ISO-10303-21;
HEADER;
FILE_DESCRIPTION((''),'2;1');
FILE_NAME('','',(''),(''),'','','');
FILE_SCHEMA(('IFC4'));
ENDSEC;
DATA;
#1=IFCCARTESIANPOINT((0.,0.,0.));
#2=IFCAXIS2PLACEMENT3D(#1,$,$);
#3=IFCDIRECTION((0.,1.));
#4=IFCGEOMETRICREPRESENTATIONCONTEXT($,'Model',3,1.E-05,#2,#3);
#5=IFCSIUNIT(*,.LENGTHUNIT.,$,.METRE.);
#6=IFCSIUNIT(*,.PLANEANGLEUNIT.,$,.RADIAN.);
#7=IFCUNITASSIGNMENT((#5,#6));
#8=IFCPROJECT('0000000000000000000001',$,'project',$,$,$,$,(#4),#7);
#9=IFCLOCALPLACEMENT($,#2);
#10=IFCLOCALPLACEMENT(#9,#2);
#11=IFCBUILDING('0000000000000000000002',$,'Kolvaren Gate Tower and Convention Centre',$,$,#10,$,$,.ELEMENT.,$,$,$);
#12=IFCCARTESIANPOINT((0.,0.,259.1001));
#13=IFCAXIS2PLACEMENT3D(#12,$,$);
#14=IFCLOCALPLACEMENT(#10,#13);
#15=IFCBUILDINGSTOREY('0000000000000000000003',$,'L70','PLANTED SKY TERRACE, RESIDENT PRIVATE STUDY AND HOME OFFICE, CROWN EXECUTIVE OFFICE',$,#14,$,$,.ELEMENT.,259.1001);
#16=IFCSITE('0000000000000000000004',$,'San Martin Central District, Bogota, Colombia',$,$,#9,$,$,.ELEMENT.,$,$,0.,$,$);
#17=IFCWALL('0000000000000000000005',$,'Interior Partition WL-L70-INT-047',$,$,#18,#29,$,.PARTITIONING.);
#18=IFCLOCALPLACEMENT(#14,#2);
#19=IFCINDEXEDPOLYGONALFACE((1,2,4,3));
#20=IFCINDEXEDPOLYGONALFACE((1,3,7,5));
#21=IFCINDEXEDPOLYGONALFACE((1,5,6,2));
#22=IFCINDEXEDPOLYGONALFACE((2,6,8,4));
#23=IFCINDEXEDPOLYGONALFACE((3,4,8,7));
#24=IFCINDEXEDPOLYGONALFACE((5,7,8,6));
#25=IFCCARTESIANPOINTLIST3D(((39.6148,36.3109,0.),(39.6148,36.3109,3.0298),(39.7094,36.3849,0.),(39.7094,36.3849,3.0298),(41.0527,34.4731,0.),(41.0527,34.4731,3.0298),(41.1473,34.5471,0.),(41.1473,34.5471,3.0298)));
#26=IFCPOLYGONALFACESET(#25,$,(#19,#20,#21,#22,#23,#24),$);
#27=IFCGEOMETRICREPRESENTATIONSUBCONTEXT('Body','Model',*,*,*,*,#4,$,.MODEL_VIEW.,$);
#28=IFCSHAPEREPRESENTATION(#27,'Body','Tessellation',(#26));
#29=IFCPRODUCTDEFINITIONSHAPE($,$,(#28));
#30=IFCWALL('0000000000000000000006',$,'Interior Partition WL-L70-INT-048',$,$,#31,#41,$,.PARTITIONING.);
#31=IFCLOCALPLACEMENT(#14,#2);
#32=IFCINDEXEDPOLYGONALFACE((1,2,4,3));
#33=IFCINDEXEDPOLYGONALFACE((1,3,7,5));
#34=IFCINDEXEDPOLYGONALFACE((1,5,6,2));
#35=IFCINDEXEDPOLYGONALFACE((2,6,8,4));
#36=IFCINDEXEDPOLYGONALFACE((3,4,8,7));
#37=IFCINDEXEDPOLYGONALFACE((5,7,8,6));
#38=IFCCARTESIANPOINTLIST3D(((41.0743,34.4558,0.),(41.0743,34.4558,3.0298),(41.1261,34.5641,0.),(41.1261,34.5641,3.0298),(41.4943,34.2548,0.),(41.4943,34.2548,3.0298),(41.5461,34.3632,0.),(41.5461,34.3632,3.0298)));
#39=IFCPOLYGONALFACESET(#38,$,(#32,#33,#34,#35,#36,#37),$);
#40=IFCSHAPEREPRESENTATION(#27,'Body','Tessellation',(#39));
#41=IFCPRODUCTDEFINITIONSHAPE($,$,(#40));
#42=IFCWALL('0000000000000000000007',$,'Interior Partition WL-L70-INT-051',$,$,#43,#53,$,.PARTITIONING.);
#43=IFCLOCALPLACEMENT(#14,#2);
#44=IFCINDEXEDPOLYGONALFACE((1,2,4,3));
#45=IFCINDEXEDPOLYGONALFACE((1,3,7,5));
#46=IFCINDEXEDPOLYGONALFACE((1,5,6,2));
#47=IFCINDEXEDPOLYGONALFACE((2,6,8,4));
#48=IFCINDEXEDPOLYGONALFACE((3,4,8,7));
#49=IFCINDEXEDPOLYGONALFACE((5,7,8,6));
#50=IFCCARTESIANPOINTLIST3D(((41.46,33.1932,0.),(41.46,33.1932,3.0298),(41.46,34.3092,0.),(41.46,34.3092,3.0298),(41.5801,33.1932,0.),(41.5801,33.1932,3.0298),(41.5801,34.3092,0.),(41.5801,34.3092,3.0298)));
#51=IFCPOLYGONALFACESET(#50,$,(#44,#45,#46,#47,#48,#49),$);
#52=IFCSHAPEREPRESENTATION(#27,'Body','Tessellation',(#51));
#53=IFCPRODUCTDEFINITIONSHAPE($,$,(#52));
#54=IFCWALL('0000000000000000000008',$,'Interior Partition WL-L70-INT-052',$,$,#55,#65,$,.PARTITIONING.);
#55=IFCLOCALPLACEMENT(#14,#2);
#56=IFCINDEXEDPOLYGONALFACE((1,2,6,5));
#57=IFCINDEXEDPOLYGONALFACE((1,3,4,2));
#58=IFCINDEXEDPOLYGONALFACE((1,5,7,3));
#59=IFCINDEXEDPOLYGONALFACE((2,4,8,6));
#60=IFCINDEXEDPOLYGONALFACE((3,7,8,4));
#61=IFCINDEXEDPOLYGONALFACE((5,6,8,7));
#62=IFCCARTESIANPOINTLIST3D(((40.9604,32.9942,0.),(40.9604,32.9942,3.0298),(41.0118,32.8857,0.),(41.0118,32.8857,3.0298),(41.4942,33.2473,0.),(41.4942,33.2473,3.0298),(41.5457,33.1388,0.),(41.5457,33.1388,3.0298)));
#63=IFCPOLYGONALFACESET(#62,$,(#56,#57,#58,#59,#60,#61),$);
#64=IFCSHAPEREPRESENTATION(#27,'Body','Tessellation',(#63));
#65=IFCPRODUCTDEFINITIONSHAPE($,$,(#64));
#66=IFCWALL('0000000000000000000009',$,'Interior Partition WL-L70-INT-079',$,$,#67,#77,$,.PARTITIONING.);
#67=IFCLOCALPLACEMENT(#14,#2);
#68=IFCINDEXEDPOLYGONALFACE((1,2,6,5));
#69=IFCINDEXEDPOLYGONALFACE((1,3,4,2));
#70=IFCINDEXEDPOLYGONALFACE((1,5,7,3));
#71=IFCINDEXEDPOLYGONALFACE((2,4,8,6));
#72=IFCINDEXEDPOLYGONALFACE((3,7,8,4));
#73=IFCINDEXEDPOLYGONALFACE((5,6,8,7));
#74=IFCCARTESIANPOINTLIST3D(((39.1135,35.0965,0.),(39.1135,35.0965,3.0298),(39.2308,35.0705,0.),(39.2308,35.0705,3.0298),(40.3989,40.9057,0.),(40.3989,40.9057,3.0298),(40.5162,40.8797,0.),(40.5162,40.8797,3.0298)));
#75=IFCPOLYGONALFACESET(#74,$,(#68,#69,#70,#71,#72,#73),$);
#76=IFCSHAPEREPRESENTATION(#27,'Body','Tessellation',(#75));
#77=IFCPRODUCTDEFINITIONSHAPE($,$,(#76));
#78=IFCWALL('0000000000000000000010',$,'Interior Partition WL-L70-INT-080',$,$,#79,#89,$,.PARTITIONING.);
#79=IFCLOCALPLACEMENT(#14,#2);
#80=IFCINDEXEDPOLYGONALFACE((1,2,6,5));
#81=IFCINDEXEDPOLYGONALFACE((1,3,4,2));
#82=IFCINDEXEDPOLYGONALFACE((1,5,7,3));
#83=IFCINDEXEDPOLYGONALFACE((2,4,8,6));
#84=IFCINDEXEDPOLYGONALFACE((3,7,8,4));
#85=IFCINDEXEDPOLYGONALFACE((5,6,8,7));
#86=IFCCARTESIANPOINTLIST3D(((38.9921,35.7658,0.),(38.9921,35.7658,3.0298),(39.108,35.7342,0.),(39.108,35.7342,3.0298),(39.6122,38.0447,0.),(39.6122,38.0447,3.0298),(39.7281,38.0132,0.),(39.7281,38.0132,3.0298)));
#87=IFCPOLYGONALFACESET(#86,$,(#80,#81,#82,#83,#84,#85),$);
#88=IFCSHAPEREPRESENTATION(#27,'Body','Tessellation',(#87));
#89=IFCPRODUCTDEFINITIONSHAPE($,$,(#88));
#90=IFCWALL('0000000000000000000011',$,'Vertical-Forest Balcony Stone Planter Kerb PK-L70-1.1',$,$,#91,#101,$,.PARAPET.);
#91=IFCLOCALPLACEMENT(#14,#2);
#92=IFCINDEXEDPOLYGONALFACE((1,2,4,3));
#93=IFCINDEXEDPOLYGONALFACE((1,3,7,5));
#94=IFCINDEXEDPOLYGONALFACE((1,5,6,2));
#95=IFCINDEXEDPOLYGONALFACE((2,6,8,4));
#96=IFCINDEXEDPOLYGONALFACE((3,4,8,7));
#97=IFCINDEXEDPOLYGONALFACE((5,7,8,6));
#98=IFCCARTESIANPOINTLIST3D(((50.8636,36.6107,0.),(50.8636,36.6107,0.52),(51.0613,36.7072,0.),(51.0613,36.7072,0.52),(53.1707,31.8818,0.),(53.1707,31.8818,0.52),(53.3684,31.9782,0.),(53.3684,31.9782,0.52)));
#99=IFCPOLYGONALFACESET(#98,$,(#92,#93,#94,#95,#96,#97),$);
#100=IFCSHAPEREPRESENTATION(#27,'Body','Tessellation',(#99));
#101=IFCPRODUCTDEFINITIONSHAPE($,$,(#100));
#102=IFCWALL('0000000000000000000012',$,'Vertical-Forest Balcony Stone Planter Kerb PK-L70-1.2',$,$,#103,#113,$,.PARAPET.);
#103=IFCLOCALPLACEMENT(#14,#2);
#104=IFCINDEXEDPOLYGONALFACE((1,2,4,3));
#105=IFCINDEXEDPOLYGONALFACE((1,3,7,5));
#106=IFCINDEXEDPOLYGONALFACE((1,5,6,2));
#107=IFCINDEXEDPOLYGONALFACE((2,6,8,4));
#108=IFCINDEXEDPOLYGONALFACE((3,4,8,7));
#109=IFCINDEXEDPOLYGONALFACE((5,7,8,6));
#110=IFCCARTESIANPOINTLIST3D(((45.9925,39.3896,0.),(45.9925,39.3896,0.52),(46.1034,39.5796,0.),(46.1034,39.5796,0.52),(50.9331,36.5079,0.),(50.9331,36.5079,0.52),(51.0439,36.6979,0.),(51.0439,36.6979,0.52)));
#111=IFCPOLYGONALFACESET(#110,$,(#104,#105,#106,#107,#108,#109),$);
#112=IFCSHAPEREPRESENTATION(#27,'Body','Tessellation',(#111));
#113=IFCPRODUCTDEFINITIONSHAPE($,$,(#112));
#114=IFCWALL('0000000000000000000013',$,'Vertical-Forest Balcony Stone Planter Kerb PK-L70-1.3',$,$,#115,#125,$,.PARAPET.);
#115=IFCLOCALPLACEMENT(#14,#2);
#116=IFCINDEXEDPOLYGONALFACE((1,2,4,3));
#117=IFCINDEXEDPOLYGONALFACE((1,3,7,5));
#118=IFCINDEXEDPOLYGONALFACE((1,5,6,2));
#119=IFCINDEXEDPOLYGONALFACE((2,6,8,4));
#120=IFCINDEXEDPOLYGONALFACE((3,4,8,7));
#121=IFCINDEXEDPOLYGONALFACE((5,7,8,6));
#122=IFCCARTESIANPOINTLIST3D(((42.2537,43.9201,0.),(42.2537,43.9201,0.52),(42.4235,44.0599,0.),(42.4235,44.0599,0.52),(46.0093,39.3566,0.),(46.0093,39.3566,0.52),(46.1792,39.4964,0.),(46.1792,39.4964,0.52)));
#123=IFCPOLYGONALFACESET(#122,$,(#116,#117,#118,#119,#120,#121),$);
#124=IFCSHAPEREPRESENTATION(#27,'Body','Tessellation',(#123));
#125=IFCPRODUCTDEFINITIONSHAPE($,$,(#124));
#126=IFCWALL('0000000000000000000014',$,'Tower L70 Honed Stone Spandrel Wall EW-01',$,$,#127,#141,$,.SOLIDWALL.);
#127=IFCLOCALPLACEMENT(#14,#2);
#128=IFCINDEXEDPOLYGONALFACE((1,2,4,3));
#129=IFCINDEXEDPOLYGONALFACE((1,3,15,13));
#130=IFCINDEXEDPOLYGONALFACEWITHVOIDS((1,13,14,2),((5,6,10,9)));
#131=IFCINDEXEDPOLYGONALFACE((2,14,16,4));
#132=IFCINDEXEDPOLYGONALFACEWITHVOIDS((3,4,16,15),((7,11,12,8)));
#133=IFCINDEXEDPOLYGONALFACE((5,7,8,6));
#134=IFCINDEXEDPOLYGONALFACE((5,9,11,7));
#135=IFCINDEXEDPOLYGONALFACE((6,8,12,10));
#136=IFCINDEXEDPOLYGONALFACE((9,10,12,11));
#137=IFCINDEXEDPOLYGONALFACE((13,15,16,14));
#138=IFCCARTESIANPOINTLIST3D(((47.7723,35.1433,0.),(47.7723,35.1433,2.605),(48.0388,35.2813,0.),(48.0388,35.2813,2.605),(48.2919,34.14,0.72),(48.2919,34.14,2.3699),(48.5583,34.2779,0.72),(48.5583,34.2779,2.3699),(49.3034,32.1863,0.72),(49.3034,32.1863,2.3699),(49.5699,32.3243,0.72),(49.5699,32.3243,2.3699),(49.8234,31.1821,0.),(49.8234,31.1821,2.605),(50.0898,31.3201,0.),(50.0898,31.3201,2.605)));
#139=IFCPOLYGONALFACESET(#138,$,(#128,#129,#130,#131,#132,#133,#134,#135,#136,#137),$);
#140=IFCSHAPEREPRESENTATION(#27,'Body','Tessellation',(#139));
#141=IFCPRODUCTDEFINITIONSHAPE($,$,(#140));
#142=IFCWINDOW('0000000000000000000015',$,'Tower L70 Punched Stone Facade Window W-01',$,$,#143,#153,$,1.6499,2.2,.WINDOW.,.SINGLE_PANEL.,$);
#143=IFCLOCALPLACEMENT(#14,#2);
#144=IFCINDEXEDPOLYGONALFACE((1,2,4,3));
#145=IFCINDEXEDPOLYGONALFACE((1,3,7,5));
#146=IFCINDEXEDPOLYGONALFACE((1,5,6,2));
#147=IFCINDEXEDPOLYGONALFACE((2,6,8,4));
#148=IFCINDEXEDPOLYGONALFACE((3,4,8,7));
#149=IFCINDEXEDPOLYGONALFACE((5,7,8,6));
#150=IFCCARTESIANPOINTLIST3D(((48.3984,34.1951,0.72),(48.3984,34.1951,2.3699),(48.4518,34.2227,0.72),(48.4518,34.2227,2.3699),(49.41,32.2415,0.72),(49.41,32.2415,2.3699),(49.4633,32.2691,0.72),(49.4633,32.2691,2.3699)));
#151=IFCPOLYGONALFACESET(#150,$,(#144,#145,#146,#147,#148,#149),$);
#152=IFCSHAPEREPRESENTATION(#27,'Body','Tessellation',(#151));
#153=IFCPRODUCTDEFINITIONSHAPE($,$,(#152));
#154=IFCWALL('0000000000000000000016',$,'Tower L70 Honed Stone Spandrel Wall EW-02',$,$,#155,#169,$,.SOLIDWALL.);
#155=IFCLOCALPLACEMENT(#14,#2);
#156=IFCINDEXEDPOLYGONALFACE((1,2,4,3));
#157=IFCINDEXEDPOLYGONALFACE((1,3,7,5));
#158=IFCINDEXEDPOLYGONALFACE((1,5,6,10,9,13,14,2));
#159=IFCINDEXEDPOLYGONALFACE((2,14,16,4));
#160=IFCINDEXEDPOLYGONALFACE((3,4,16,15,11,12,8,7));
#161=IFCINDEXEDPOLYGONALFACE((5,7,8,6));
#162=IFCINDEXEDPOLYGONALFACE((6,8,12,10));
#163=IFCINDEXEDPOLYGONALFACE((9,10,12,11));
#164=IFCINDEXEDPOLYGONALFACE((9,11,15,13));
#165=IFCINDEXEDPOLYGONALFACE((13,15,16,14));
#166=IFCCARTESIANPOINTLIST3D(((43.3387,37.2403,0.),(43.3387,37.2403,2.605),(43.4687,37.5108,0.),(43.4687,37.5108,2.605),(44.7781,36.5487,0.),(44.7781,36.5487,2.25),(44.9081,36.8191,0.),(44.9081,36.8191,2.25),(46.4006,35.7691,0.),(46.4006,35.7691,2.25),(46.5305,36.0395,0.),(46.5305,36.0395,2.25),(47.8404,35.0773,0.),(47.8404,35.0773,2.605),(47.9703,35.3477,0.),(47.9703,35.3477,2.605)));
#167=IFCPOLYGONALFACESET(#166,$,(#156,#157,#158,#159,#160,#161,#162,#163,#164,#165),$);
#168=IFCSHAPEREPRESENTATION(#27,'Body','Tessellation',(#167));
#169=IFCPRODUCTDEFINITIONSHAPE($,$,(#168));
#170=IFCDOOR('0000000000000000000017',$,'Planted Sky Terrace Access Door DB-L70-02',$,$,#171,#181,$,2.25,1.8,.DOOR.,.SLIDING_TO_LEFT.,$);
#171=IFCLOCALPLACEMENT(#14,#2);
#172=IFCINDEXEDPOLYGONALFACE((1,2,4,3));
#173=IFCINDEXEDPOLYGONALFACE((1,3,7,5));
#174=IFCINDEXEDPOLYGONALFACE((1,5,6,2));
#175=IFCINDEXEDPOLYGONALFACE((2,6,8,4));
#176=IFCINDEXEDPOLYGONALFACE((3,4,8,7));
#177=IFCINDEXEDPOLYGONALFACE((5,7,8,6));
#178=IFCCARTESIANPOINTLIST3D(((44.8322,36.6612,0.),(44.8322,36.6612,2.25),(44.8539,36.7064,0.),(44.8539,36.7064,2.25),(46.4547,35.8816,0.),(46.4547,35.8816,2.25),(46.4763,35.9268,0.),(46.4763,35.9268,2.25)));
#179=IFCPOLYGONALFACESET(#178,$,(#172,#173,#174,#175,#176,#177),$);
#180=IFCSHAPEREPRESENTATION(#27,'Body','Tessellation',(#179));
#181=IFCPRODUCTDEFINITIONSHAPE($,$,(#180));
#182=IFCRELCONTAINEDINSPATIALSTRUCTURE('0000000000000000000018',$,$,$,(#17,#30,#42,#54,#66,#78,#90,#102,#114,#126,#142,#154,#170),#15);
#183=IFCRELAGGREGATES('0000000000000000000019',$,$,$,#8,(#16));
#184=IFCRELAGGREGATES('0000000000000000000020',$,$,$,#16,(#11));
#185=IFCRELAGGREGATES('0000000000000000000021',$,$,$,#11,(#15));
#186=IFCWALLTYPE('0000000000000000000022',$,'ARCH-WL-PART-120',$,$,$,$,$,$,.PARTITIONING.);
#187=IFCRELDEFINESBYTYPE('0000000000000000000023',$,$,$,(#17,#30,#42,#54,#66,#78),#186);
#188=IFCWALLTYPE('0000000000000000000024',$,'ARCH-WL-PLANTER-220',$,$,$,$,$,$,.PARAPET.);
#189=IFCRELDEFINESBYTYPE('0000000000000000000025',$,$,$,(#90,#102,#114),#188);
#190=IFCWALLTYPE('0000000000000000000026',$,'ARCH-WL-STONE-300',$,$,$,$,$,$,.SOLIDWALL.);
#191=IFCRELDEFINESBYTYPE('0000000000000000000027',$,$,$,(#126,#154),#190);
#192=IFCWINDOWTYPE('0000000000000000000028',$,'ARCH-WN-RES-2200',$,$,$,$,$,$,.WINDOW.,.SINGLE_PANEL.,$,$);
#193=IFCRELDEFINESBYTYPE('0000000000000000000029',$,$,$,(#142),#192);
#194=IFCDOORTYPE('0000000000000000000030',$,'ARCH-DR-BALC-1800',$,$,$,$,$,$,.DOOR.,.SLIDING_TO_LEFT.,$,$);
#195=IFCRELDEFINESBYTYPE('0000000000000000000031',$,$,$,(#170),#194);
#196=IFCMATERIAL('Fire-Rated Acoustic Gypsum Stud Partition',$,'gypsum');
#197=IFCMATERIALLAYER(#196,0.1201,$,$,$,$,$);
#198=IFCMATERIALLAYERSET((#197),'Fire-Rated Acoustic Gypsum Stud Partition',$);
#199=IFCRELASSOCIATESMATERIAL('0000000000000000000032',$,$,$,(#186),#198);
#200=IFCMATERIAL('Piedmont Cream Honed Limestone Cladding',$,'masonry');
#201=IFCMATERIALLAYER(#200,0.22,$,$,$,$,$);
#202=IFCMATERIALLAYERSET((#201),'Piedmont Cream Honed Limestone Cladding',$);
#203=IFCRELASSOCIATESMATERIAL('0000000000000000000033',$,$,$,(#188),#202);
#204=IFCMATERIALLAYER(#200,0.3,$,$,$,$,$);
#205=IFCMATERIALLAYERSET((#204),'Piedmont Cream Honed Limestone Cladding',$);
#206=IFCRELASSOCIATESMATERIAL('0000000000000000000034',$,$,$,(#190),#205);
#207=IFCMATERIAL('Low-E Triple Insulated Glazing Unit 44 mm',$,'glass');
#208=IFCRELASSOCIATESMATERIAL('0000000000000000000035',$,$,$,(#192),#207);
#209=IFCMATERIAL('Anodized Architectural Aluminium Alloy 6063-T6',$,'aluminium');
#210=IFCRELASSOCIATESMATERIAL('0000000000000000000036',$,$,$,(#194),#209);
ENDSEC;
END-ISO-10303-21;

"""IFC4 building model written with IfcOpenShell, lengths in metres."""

from ifc_helpers import new_model, si_unit, direction, frame, frame_2d, origin, place, context, subcontext, project, spatial, rectangle, extrude, material, layer, layer_set, type_object, element, fill, save


model = new_model("IFC4")

# Units and contexts
model_context = context("Model", 3, precision=1e-05, world=origin(), true_north=direction((0.0, 1.0)))
body_context = subcontext(model_context, "Body", "Model", "MODEL_VIEW")
ifc_project = project(units=[si_unit("LENGTHUNIT", "METRE"), si_unit("PLANEANGLEUNIT", "RADIAN")], contexts=[model_context])

# Site, building, storey
site_placement = place(None, origin())
site = spatial("IfcSite", under=ifc_project, at=site_placement, Name="San Martin Central District, Bogota, Colombia", CompositionType="ELEMENT", RefElevation=0.0)
building_placement = place(site_placement, origin())
building = spatial("IfcBuilding", under=site, at=building_placement, Name="Kolvaren Gate Tower and Convention Centre", CompositionType="ELEMENT")
storey_placement = place(building_placement, frame((0.0, 0.0, 259.1001)))
storey = spatial("IfcBuildingStorey", under=building, at=storey_placement, Name="L70", Description="PLANTED SKY TERRACE, RESIDENT PRIVATE STUDY AND HOME OFFICE, CROWN EXECUTIVE OFFICE", CompositionType="ELEMENT", Elevation=259.1001)

# Walls
ifc_material_1 = material(Name="Fire-Rated Acoustic Gypsum Stud Partition", Category="gypsum")
ifc_layer_1 = layer(ifc_material_1, 0.1201)
ifc_layer_set_1 = layer_set([ifc_layer_1], Name="Fire-Rated Acoustic Gypsum Stud Partition")
wall_type_1 = type_object("IfcWallType", Name="ARCH-WL-PART-120", PredefinedType="PARTITIONING", material=ifc_layer_set_1)
wall_1_placement = place(storey_placement, frame((39.6621, 36.3479, 0.0), z_axis=(0.0, 0.0, 1.0), x_axis=(0.616212, -0.78758, 0.0)))
element("IfcWall", 1, at=wall_1_placement, inside=storey, type_object=wall_type_1, Name="Interior Partition WL-L70-INT-047", PredefinedType="PARTITIONING", context=body_context, shape_type="SweptSolid", body=[
    extrude(rectangle(XDim=2.3335, YDim=0.1201, at=frame_2d((1.1667, 0.0))), origin(), (0.0, 0.0, 1.0), 3.0298),
])
wall_2_placement = place(storey_placement, frame((41.1001, 34.51, 0.0), z_axis=(0.0, 0.0, 1.0), x_axis=(0.902054, -0.431623, 0.0)))
element("IfcWall", 2, at=wall_2_placement, inside=storey, type_object=wall_type_1, Name="Interior Partition WL-L70-INT-048", PredefinedType="PARTITIONING", context=body_context, shape_type="SweptSolid", body=[
    extrude(rectangle(XDim=0.4656, YDim=0.1201, at=frame_2d((0.2329, 0.0))), origin(), (0.0, 0.0, 1.0), 3.0298),
])
wall_3_placement = place(storey_placement, frame((41.52, 33.1931, 0.0), z_axis=(0.0, 0.0, 1.0), x_axis=(0.0, 1.0, 0.0)))
element("IfcWall", 3, at=wall_3_placement, inside=storey, type_object=wall_type_1, Name="Interior Partition WL-L70-INT-051", PredefinedType="PARTITIONING", context=body_context, shape_type="SweptSolid", body=[
    extrude(rectangle(XDim=1.116, YDim=0.1201, at=frame_2d((0.5581, 0.0))), origin(), (0.0, 0.0, 1.0), 3.0298),
])
wall_4_placement = place(storey_placement, frame((40.9861, 32.9399, 0.0), z_axis=(0.0, 0.0, 1.0), x_axis=(0.90357, 0.428442, 0.0)))
element("IfcWall", 4, at=wall_4_placement, inside=storey, type_object=wall_type_1, Name="Interior Partition WL-L70-INT-052", PredefinedType="PARTITIONING", context=body_context, shape_type="SweptSolid", body=[
    extrude(rectangle(XDim=0.5908, YDim=0.1201, at=frame_2d((0.2954, 0.0))), origin(), (0.0, 0.0, 1.0), 3.0298),
])
wall_5_placement = place(storey_placement, frame((39.1721, 35.0835, 0.0), z_axis=(0.0, 0.0, 1.0), x_axis=(0.216048, 0.976383, 0.0)))
element("IfcWall", 5, at=wall_5_placement, inside=storey, type_object=wall_type_1, Name="Interior Partition WL-L70-INT-079", PredefinedType="PARTITIONING", context=body_context, shape_type="SweptSolid", body=[
    extrude(rectangle(XDim=5.9497, YDim=0.1201, at=frame_2d((2.9749, 0.0))), origin(), (0.0, 0.0, 1.0), 3.0298),
])
wall_6_placement = place(storey_placement, frame((39.05, 35.75, 0.0), z_axis=(0.0, 0.0, 1.0), x_axis=(0.262549, 0.964919, 0.0)))
element("IfcWall", 6, at=wall_6_placement, inside=storey, type_object=wall_type_1, Name="Interior Partition WL-L70-INT-080", PredefinedType="PARTITIONING", context=body_context, shape_type="SweptSolid", body=[
    extrude(rectangle(XDim=2.3618, YDim=0.1201, at=frame_2d((1.1809, 0.0))), origin(), (0.0, 0.0, 1.0), 3.0298),
])
ifc_material_2 = material(Name="Piedmont Cream Honed Limestone Cladding", Category="masonry")
ifc_layer_2 = layer(ifc_material_2, 0.22)
ifc_layer_set_2 = layer_set([ifc_layer_2], Name="Piedmont Cream Honed Limestone Cladding")
wall_type_2 = type_object("IfcWallType", Name="ARCH-WL-PLANTER-220", PredefinedType="PARAPET", material=ifc_layer_set_2)
wall_7_placement = place(storey_placement, frame((50.9624, 36.6589, 0.0), z_axis=(0.0, 0.0, 1.0), x_axis=(0.438469, -0.898746, 0.0)))
element("IfcWall", 7, at=wall_7_placement, inside=storey, type_object=wall_type_2, Name="Vertical-Forest Balcony Stone Planter Kerb PK-L70-1.1", PredefinedType="PARAPET", context=body_context, shape_type="SweptSolid", body=[
    extrude(rectangle(XDim=5.2617, YDim=0.22, at=frame_2d((2.6309, 0.0))), origin(), (0.0, 0.0, 1.0), 0.52),
])
wall_8_placement = place(storey_placement, frame((46.0479, 39.4846, 0.0), z_axis=(0.0, 0.0, 1.0), x_axis=(0.863804, -0.503829, 0.0)))
element("IfcWall", 8, at=wall_8_placement, inside=storey, type_object=wall_type_2, Name="Vertical-Forest Balcony Stone Planter Kerb PK-L70-1.2", PredefinedType="PARAPET", context=body_context, shape_type="SweptSolid", body=[
    extrude(rectangle(XDim=5.7195, YDim=0.22, at=frame_2d((2.8599, 0.0))), origin(), (0.0, 0.0, 1.0), 0.52),
])
wall_9_placement = place(storey_placement, frame((42.3386, 43.99, 0.0), z_axis=(0.0, 0.0, 1.0), x_axis=(0.635451, -0.772141, 0.0)))
element("IfcWall", 9, at=wall_9_placement, inside=storey, type_object=wall_type_2, Name="Vertical-Forest Balcony Stone Planter Kerb PK-L70-1.3", PredefinedType="PARAPET", context=body_context, shape_type="SweptSolid", body=[
    extrude(rectangle(XDim=5.9102, YDim=0.22, at=frame_2d((2.9551, 0.0))), origin(), (0.0, 0.0, 1.0), 0.52),
])

# Wall, opening, window
ifc_layer_3 = layer(ifc_material_2, 0.3)
ifc_layer_set_3 = layer_set([ifc_layer_3], Name="Piedmont Cream Honed Limestone Cladding")
wall_type_3 = type_object("IfcWallType", Name="ARCH-WL-STONE-300", PredefinedType="SOLIDWALL", material=ifc_layer_set_3)
wall_10_placement = place(storey_placement, frame((47.9055, 35.2124, 0.0), z_axis=(0.0, 0.0, 1.0), x_axis=(0.459801, -0.888022, 0.0)))
wall_10 = element("IfcWall", 10, at=wall_10_placement, inside=storey, type_object=wall_type_3, Name="Tower L70 Honed Stone Spandrel Wall EW-01", PredefinedType="SOLIDWALL", context=body_context, shape_type="SweptSolid", body=[
    extrude(rectangle(XDim=4.4607, YDim=0.3, at=frame_2d((2.2305, 0.0))), origin(), (0.0, 0.0, 1.0), 2.605),
])
opening_1_placement = place(wall_10_placement, frame((1.1299, 0.0, 0.72)))
opening_1 = element("IfcOpeningElement", 11, at=opening_1_placement, cuts=wall_10, PredefinedType="OPENING", context=body_context, shape_type="SweptSolid", body=[
    extrude(rectangle(XDim=2.2, YDim=1.6499, at=frame_2d((1.1001, 0.825))), frame((0.0, 0.1599, 0.0), z_axis=(0.0, -1.0, 0.0), x_axis=(1.0, 0.0, 0.0)), (0.0, 0.0, 1.0), 0.3201),
])
ifc_material_3 = material(Name="Low-E Triple Insulated Glazing Unit 44 mm", Category="glass")
window_type = type_object("IfcWindowType", Name="ARCH-WN-RES-2200", PartitioningType="SINGLE_PANEL", PredefinedType="WINDOW", material=ifc_material_3)
window_1_placement = place(opening_1_placement, origin())
window_1 = element("IfcWindow", 12, at=window_1_placement, inside=storey, type_object=window_type, Name="Tower L70 Punched Stone Facade Window W-01", OverallHeight=1.6499, OverallWidth=2.2, PartitioningType="SINGLE_PANEL", PredefinedType="WINDOW", context=body_context, shape_type="SweptSolid", body=[
    extrude(rectangle(XDim=2.2, YDim=1.6499, at=frame_2d((1.1001, 0.825))), frame((0.0, 0.03, 0.0), z_axis=(0.0, -1.0, 0.0), x_axis=(1.0, 0.0, 0.0)), (0.0, 0.0, 1.0), 0.0601),
])
fill(opening_1, window_1)

# Wall, opening, door
wall_11_placement = place(storey_placement, frame((43.4038, 37.3755, 0.0), z_axis=(0.0, 0.0, 1.0), x_axis=(0.901346, -0.4331, 0.0)))
wall_11 = element("IfcWall", 13, at=wall_11_placement, inside=storey, type_object=wall_type_3, Name="Tower L70 Honed Stone Spandrel Wall EW-02", PredefinedType="SOLIDWALL", context=body_context, shape_type="SweptSolid", body=[
    extrude(rectangle(XDim=4.9944, YDim=0.3, at=frame_2d((2.4971, 0.0))), origin(), (0.0, 0.0, 1.0), 2.605),
])
opening_2_placement = place(wall_11_placement, frame((1.5969, 0.0, 0.0)))
opening_2 = element("IfcOpeningElement", 14, at=opening_2_placement, cuts=wall_11, PredefinedType="OPENING", context=body_context, shape_type="SweptSolid", body=[
    extrude(rectangle(XDim=1.8, YDim=2.25, at=frame_2d((0.8999, 1.125))), frame((0.0, 0.1599, 0.0), z_axis=(0.0, -1.0, 0.0), x_axis=(1.0, 0.0, 0.0)), (0.0, 0.0, 1.0), 0.3201),
])
ifc_material_4 = material(Name="Anodized Architectural Aluminium Alloy 6063-T6", Category="aluminium")
door_type = type_object("IfcDoorType", Name="ARCH-DR-BALC-1800", OperationType="SLIDING_TO_LEFT", PredefinedType="DOOR", material=ifc_material_4)
door_placement = place(opening_2_placement, origin())
door = element("IfcDoor", 15, at=door_placement, inside=storey, type_object=door_type, Name="Planted Sky Terrace Access Door DB-L70-02", OperationType="SLIDING_TO_LEFT", OverallHeight=2.25, OverallWidth=1.8, PredefinedType="DOOR", context=body_context, shape_type="SweptSolid", body=[
    extrude(rectangle(XDim=1.8, YDim=2.25, at=frame_2d((0.8999, 1.125))), frame((0.0, 0.0249, 0.0), z_axis=(0.0, -1.0, 0.0), x_axis=(1.0, 0.0, 0.0)), (0.0, 0.0, 1.0), 0.05),
])
fill(opening_2, door)

save(model, "model.ifc")
